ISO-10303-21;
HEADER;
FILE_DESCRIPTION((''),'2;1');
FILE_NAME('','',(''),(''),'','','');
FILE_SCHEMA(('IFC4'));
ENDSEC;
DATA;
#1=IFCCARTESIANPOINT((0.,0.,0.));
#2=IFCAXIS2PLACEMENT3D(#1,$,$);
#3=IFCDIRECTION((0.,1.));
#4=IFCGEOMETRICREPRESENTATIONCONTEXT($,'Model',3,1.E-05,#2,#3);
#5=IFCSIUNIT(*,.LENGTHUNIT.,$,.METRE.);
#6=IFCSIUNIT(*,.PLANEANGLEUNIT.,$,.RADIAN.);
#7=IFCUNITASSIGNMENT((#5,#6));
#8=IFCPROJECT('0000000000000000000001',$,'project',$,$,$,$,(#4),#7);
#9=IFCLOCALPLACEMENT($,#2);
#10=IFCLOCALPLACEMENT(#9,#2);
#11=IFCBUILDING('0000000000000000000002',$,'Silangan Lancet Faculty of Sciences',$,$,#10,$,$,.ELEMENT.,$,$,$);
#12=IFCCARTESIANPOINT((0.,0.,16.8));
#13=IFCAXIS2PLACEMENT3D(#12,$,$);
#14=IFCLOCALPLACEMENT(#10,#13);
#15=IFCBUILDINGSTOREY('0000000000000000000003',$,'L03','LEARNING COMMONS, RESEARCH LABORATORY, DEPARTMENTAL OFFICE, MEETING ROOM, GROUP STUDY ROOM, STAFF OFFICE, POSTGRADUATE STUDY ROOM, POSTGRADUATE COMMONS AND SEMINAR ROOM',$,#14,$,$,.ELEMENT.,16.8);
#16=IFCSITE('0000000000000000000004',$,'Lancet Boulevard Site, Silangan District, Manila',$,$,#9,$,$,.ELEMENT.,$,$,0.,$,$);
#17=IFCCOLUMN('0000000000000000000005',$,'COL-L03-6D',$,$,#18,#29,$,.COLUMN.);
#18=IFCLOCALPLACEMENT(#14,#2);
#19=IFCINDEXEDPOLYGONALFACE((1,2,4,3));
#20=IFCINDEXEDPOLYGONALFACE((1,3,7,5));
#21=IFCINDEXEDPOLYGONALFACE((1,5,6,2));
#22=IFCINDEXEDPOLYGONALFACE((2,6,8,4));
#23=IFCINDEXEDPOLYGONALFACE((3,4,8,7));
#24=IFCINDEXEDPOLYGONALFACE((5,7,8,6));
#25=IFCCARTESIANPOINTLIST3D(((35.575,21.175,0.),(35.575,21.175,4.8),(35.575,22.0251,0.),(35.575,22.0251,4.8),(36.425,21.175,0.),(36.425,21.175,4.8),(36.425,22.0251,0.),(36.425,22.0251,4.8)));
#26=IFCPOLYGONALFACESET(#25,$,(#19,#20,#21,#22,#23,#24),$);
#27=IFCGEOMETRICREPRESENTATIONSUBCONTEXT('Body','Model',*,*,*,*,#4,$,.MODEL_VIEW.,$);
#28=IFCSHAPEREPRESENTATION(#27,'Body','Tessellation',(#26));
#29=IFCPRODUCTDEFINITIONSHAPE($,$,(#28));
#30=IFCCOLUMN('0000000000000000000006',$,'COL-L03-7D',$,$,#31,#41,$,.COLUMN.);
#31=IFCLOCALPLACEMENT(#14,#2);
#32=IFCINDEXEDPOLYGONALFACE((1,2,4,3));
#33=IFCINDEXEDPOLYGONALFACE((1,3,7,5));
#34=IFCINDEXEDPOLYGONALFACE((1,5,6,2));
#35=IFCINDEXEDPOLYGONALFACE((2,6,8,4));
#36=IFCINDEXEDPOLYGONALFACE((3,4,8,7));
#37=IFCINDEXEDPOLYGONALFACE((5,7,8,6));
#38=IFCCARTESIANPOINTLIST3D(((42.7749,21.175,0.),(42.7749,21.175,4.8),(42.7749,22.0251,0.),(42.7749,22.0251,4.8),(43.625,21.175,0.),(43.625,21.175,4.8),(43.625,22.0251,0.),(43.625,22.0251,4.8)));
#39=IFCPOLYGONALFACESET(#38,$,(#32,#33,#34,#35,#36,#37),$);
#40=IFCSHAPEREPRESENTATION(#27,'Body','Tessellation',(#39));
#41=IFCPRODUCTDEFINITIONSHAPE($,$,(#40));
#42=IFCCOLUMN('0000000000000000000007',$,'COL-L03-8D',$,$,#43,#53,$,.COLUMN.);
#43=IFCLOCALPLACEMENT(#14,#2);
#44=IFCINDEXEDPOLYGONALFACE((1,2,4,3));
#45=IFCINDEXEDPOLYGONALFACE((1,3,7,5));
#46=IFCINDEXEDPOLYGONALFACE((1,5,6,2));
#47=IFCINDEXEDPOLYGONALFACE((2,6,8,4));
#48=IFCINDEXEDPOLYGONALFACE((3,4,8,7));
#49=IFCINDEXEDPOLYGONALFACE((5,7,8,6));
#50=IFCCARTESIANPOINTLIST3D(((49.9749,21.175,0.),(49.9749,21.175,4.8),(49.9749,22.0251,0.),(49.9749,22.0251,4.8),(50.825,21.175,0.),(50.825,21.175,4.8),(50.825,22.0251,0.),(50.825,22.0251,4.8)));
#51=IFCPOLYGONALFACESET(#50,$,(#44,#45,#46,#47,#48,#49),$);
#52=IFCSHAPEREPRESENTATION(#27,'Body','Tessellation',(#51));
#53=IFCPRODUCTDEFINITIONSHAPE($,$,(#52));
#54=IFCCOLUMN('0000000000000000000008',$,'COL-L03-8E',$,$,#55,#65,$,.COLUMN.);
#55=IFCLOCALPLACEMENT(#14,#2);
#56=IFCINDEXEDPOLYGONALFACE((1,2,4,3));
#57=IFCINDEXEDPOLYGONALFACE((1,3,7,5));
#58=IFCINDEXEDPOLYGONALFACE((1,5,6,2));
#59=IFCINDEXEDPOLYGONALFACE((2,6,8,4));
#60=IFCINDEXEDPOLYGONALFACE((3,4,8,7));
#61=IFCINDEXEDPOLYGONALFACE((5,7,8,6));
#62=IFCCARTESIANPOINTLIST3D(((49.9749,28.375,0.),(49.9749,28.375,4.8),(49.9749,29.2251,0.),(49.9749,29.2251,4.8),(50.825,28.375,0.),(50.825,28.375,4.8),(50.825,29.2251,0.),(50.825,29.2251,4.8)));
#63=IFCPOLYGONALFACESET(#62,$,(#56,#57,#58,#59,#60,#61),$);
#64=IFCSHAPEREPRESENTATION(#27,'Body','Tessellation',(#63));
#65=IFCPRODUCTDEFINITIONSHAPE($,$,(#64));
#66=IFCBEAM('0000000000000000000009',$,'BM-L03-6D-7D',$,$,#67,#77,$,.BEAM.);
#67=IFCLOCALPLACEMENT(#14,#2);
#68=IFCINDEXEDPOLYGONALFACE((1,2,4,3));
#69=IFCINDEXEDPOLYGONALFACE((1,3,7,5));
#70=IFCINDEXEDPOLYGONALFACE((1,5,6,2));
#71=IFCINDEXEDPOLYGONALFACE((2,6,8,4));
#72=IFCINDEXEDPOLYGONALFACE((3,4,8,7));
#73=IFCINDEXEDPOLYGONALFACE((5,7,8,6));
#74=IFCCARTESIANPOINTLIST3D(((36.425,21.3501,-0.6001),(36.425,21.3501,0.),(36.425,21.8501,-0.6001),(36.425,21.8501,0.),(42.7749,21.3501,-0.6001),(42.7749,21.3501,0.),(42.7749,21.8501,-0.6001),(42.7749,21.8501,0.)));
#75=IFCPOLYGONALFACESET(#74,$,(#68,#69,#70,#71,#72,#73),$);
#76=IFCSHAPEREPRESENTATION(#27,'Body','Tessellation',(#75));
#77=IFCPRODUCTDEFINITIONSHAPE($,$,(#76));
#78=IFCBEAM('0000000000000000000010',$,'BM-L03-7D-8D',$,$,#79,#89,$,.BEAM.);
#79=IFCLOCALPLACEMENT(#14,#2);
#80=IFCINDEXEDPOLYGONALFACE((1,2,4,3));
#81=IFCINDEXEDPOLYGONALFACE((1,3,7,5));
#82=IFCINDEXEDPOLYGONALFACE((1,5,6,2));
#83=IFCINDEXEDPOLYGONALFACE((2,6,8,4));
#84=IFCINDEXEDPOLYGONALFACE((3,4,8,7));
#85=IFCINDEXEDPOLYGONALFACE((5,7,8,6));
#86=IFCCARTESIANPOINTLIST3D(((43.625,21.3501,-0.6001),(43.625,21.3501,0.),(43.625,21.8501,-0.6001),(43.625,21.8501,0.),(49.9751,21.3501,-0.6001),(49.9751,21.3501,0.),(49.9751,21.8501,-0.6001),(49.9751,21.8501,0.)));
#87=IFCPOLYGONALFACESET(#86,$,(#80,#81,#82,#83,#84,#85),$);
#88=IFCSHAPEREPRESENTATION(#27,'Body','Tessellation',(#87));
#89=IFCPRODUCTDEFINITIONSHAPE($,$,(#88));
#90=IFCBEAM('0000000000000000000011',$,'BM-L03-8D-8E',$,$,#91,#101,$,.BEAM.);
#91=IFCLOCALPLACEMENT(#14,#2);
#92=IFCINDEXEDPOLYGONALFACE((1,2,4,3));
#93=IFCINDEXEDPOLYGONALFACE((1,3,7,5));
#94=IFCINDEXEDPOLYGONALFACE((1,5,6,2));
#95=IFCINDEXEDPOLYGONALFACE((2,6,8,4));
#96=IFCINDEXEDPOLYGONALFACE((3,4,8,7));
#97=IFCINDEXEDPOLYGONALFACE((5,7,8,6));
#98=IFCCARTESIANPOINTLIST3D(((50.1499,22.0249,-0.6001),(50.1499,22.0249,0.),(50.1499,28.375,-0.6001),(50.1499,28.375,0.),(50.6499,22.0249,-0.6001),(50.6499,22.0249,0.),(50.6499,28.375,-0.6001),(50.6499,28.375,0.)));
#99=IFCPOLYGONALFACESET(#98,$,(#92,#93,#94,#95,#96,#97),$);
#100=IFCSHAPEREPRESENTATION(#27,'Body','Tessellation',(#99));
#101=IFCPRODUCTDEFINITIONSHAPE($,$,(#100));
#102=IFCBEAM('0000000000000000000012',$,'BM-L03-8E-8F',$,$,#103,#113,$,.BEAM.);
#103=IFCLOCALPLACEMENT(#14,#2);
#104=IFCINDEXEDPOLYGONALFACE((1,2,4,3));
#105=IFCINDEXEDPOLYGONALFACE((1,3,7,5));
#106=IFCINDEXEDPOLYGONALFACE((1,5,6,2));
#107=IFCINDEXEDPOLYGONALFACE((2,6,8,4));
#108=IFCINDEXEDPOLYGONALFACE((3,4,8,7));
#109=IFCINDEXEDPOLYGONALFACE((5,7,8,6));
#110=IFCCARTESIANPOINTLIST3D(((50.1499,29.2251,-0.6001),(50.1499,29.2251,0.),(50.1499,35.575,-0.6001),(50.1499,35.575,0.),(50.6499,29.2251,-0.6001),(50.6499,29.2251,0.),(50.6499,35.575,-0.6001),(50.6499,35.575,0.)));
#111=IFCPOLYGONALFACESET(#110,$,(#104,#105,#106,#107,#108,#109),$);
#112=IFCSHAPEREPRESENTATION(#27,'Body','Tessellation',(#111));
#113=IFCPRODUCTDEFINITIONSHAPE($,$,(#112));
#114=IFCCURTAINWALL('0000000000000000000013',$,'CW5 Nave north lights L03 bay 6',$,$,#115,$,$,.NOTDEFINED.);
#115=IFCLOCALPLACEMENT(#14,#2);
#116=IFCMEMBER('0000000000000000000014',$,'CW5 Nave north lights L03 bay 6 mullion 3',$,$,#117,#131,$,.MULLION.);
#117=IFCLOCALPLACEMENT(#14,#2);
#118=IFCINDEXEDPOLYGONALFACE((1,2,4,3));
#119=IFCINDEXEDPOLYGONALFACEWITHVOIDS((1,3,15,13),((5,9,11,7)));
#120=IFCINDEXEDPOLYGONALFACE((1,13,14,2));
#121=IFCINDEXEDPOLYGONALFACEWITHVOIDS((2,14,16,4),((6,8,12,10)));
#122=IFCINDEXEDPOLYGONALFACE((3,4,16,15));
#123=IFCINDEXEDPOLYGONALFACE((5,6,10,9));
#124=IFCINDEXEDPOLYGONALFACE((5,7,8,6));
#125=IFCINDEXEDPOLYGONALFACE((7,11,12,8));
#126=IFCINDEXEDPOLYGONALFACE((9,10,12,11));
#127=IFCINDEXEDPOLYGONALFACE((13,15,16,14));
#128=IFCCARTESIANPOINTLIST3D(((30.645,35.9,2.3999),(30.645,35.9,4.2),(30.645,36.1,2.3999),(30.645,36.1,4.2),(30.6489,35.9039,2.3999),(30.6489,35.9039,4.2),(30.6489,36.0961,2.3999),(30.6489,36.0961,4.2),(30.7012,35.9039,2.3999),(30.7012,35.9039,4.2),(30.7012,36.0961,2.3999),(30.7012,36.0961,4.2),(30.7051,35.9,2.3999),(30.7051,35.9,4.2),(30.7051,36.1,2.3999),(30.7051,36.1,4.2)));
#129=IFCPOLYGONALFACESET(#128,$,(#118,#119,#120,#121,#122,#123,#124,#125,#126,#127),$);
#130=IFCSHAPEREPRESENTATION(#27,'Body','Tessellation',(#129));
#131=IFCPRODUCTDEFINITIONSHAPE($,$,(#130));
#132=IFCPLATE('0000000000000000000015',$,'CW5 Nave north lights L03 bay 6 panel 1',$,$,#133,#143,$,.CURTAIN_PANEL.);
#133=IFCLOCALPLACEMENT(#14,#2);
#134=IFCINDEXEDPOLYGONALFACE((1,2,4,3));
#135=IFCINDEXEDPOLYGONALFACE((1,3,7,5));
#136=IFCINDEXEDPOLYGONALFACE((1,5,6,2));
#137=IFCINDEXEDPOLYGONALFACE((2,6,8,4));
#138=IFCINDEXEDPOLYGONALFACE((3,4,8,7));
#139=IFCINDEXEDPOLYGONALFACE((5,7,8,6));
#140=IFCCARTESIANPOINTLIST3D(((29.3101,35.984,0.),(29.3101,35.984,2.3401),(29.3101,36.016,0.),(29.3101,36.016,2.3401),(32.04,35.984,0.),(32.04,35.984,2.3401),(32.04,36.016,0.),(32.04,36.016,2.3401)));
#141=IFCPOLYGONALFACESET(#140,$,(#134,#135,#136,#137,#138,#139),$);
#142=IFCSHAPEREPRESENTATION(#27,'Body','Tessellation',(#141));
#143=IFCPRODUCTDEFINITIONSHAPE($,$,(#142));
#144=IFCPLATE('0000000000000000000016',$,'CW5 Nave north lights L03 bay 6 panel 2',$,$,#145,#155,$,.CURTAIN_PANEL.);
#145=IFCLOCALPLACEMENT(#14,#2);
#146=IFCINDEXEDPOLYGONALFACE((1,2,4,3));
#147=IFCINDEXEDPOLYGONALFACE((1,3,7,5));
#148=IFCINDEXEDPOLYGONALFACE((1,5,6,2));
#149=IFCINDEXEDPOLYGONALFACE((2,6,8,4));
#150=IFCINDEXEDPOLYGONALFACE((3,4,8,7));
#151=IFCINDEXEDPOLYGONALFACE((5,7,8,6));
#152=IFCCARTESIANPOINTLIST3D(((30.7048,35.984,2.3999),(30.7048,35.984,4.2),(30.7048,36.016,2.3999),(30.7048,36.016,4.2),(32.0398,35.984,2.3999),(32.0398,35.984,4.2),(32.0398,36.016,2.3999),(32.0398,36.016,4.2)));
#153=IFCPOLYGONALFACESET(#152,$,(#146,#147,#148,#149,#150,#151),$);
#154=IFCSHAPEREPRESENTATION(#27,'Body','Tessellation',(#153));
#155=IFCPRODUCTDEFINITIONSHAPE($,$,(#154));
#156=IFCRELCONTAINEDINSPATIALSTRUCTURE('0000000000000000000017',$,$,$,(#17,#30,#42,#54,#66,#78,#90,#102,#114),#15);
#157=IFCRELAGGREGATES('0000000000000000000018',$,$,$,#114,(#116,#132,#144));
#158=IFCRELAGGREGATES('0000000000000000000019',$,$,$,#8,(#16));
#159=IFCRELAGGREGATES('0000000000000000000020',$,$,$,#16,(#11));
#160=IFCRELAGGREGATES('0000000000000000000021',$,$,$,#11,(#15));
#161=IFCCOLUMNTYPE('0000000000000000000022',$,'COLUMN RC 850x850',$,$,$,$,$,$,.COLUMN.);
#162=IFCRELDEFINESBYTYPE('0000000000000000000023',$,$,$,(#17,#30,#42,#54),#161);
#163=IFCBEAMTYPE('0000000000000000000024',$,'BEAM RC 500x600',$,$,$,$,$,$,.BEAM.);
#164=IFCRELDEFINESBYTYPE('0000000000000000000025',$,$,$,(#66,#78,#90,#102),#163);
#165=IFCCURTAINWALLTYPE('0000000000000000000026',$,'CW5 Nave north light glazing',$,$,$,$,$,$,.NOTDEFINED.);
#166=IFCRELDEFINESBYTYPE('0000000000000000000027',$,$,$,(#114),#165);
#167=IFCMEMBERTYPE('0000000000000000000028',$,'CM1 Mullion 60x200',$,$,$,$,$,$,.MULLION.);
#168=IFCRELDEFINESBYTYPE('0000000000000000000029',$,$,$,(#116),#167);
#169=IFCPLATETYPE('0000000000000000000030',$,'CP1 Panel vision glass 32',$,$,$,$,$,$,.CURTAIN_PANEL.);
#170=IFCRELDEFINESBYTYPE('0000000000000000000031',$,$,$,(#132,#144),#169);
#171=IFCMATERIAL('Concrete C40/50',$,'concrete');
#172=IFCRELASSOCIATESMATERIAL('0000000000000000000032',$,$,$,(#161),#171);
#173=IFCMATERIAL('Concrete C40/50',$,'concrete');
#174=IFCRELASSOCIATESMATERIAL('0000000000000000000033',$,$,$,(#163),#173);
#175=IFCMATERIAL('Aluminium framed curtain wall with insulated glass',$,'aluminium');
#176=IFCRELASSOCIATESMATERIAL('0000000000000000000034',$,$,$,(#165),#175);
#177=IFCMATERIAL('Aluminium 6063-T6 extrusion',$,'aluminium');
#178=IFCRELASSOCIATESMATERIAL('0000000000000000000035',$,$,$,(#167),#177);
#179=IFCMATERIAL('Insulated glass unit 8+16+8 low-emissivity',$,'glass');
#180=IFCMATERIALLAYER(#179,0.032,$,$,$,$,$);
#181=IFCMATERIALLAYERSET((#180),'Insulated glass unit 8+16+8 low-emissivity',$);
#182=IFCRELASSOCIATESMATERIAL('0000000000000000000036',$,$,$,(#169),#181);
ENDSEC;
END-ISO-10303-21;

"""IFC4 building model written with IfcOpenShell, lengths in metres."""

from ifc_helpers import new_model, si_unit, direction, frame, origin, origin_2d, place, context, subcontext, project, spatial, rectangle, hollow_rectangle, extrude, material, layer, layer_set, material_profile, profile_set, type_object, element, aggregate, save


model = new_model("IFC4")

# Units and contexts
model_context = context("Model", 3, precision=1e-05, world=origin(), true_north=direction((0.0, 1.0)))
body_context = subcontext(model_context, "Body", "Model", "MODEL_VIEW")
ifc_project = project(units=[si_unit("LENGTHUNIT", "METRE"), si_unit("PLANEANGLEUNIT", "RADIAN")], contexts=[model_context])

# Site, building, storey
site_placement = place(None, origin())
site = spatial("IfcSite", under=ifc_project, at=site_placement, Name="Lancet Boulevard Site, Silangan District, Manila", CompositionType="ELEMENT", RefElevation=0.0)
building_placement = place(site_placement, origin())
building = spatial("IfcBuilding", under=site, at=building_placement, Name="Silangan Lancet Faculty of Sciences", CompositionType="ELEMENT")
storey_placement = place(building_placement, frame((0.0, 0.0, 16.8)))
storey = spatial("IfcBuildingStorey", under=building, at=storey_placement, Name="L03", Description="LEARNING COMMONS, RESEARCH LABORATORY, DEPARTMENTAL OFFICE, MEETING ROOM, GROUP STUDY ROOM, STAFF OFFICE, POSTGRADUATE STUDY ROOM, POSTGRADUATE COMMONS AND SEMINAR ROOM", CompositionType="ELEMENT", Elevation=16.8)

# Columns
ifc_material_1 = material(Name="Concrete C40/50", Category="concrete")
ifc_material_profile_1 = material_profile(ifc_material_1, rectangle(XDim=0.8501, YDim=0.8501, at=origin_2d()), Name="RC 850x850")
ifc_profile_set_1 = profile_set([ifc_material_profile_1], Name="Concrete C40/50")
column_type = type_object("IfcColumnType", Name="COLUMN RC 850x850", PredefinedType="COLUMN", material=ifc_profile_set_1)
for number, where, z_axis, x_axis, name in (
    (1, (36.0, 21.6001, 0.0), (0.0, 0.0, 1.0), (1.0, 0.0, 0.0), "COL-L03-6D"),
    (2, (43.2, 21.6001, 0.0), (0.0, 0.0, 1.0), (1.0, 0.0, 0.0), "COL-L03-7D"),
    (3, (50.3999, 21.6001, 0.0), (0.0, 0.0, 1.0), (1.0, 0.0, 0.0), "COL-L03-8D"),
    (4, (50.3999, 28.8, 0.0), (0.0, 0.0, 1.0), (1.0, 0.0, 0.0), "COL-L03-8E"),
):
    element("IfcColumn", number, at=place(storey_placement, frame(where, z_axis=z_axis, x_axis=x_axis)), inside=storey, type_object=column_type, Name=name, PredefinedType="COLUMN", context=body_context, shape_type="SweptSolid", body=[
        extrude(rectangle(XDim=0.8501, YDim=0.8501, at=origin_2d()), origin(), (0.0, 0.0, 1.0), 4.8),
    ])

# Beams
ifc_material_2 = material(Name="Concrete C40/50", Category="concrete")
ifc_material_profile_2 = material_profile(ifc_material_2, rectangle(XDim=0.5, YDim=0.6001, at=origin_2d()), Name="RC 500x600")
ifc_profile_set_2 = profile_set([ifc_material_profile_2], Name="Concrete C40/50")
beam_type = type_object("IfcBeamType", Name="BEAM RC 500x600", PredefinedType="BEAM", material=ifc_profile_set_2)
beam_1_placement = place(storey_placement, frame((36.425, 21.6001, -0.3), z_axis=(1.0, 0.0, 0.0), x_axis=(0.0, 1.0, 0.0)))
element("IfcBeam", 5, at=beam_1_placement, inside=storey, type_object=beam_type, Name="BM-L03-6D-7D", PredefinedType="BEAM", context=body_context, shape_type="SweptSolid", body=[
    extrude(rectangle(XDim=0.5, YDim=0.6001, at=origin_2d()), origin(), (0.0, 0.0, 1.0), 6.3499),
])
for number, where, z_axis, x_axis, name in (
    (6, (43.625, 21.6001, -0.3), (1.0, 0.0, 0.0), (0.0, 1.0, 0.0), "BM-L03-7D-8D"),
    (7, (50.3999, 22.0249, -0.3), (0.0, 1.0, 0.0), (-1.0, 0.0, 0.0), "BM-L03-8D-8E"),
):
    element("IfcBeam", number, at=place(storey_placement, frame(where, z_axis=z_axis, x_axis=x_axis)), inside=storey, type_object=beam_type, Name=name, PredefinedType="BEAM", context=body_context, shape_type="SweptSolid", body=[
        extrude(rectangle(XDim=0.5, YDim=0.6001, at=origin_2d()), origin(), (0.0, 0.0, 1.0), 6.3501),
    ])
beam_2_placement = place(storey_placement, frame((50.3999, 29.2251, -0.3), z_axis=(0.0, 1.0, 0.0), x_axis=(-1.0, 0.0, 0.0)))
element("IfcBeam", 8, at=beam_2_placement, inside=storey, type_object=beam_type, Name="BM-L03-8E-8F", PredefinedType="BEAM", context=body_context, shape_type="SweptSolid", body=[
    extrude(rectangle(XDim=0.5, YDim=0.6001, at=origin_2d()), origin(), (0.0, 0.0, 1.0), 6.3499),
])

# Curtain wall, member, plates
ifc_material_3 = material(Name="Aluminium framed curtain wall with insulated glass", Category="aluminium")
curtain_wall_type = type_object("IfcCurtainWallType", Name="CW5 Nave north light glazing", PredefinedType="NOTDEFINED", material=ifc_material_3)
curtain_wall_placement = place(storey_placement, origin())
curtain_wall = element("IfcCurtainWall", 9, at=curtain_wall_placement, inside=storey, type_object=curtain_wall_type, Name="CW5 Nave north lights L03 bay 6", PredefinedType="NOTDEFINED")
ifc_material_4 = material(Name="Aluminium 6063-T6 extrusion", Category="aluminium")
ifc_material_profile_3 = material_profile(ifc_material_4, hollow_rectangle(XDim=0.0601, YDim=0.2, WallThickness=0.0039, at=origin_2d()), Name="AL BOX 60x200x4")
ifc_profile_set_3 = profile_set([ifc_material_profile_3], Name="Aluminium 6063-T6 extrusion")
member_type = type_object("IfcMemberType", Name="CM1 Mullion 60x200", PredefinedType="MULLION", material=ifc_profile_set_3)
member_placement = place(storey_placement, frame((30.675, 36.0, 2.3999), z_axis=(0.0, 0.0, 1.0), x_axis=(-1.0, 0.0, 0.0)))
member = element("IfcMember", 10, at=member_placement, type_object=member_type, Name="CW5 Nave north lights L03 bay 6 mullion 3", PredefinedType="MULLION", context=body_context, shape_type="SweptSolid", body=[
    extrude(hollow_rectangle(XDim=0.0601, YDim=0.2, WallThickness=0.0039, at=origin_2d()), origin(), (0.0, 0.0, 1.0), 1.8),
])
ifc_material_5 = material(Name="Insulated glass unit 8+16+8 low-emissivity", Category="glass")
ifc_layer_1 = layer(ifc_material_5, 0.032)
ifc_layer_set_1 = layer_set([ifc_layer_1], Name="Insulated glass unit 8+16+8 low-emissivity")
plate_type = type_object("IfcPlateType", Name="CP1 Panel vision glass 32", PredefinedType="CURTAIN_PANEL", material=ifc_layer_set_1)
plate_1_placement = place(storey_placement, frame((30.675, 36.0, 0.0), z_axis=(0.0, 0.0, 1.0), x_axis=(-1.0, 0.0, 0.0)))
plate_1 = element("IfcPlate", 11, at=plate_1_placement, type_object=plate_type, Name="CW5 Nave north lights L03 bay 6 panel 1", PredefinedType="CURTAIN_PANEL", context=body_context, shape_type="SweptSolid", body=[
    extrude(rectangle(XDim=2.73, YDim=0.032, at=origin_2d()), origin(), (0.0, 0.0, 1.0), 2.3401),
])
plate_2_placement = place(storey_placement, frame((31.3723, 36.0, 2.3999), z_axis=(0.0, 0.0, 1.0), x_axis=(-1.0, 0.0, 0.0)))
plate_2 = element("IfcPlate", 12, at=plate_2_placement, type_object=plate_type, Name="CW5 Nave north lights L03 bay 6 panel 2", PredefinedType="CURTAIN_PANEL", context=body_context, shape_type="SweptSolid", body=[
    extrude(rectangle(XDim=1.335, YDim=0.032, at=origin_2d()), origin(), (0.0, 0.0, 1.0), 1.8),
])
aggregate(curtain_wall, [member, plate_1, plate_2])

save(model, "model.ifc")
